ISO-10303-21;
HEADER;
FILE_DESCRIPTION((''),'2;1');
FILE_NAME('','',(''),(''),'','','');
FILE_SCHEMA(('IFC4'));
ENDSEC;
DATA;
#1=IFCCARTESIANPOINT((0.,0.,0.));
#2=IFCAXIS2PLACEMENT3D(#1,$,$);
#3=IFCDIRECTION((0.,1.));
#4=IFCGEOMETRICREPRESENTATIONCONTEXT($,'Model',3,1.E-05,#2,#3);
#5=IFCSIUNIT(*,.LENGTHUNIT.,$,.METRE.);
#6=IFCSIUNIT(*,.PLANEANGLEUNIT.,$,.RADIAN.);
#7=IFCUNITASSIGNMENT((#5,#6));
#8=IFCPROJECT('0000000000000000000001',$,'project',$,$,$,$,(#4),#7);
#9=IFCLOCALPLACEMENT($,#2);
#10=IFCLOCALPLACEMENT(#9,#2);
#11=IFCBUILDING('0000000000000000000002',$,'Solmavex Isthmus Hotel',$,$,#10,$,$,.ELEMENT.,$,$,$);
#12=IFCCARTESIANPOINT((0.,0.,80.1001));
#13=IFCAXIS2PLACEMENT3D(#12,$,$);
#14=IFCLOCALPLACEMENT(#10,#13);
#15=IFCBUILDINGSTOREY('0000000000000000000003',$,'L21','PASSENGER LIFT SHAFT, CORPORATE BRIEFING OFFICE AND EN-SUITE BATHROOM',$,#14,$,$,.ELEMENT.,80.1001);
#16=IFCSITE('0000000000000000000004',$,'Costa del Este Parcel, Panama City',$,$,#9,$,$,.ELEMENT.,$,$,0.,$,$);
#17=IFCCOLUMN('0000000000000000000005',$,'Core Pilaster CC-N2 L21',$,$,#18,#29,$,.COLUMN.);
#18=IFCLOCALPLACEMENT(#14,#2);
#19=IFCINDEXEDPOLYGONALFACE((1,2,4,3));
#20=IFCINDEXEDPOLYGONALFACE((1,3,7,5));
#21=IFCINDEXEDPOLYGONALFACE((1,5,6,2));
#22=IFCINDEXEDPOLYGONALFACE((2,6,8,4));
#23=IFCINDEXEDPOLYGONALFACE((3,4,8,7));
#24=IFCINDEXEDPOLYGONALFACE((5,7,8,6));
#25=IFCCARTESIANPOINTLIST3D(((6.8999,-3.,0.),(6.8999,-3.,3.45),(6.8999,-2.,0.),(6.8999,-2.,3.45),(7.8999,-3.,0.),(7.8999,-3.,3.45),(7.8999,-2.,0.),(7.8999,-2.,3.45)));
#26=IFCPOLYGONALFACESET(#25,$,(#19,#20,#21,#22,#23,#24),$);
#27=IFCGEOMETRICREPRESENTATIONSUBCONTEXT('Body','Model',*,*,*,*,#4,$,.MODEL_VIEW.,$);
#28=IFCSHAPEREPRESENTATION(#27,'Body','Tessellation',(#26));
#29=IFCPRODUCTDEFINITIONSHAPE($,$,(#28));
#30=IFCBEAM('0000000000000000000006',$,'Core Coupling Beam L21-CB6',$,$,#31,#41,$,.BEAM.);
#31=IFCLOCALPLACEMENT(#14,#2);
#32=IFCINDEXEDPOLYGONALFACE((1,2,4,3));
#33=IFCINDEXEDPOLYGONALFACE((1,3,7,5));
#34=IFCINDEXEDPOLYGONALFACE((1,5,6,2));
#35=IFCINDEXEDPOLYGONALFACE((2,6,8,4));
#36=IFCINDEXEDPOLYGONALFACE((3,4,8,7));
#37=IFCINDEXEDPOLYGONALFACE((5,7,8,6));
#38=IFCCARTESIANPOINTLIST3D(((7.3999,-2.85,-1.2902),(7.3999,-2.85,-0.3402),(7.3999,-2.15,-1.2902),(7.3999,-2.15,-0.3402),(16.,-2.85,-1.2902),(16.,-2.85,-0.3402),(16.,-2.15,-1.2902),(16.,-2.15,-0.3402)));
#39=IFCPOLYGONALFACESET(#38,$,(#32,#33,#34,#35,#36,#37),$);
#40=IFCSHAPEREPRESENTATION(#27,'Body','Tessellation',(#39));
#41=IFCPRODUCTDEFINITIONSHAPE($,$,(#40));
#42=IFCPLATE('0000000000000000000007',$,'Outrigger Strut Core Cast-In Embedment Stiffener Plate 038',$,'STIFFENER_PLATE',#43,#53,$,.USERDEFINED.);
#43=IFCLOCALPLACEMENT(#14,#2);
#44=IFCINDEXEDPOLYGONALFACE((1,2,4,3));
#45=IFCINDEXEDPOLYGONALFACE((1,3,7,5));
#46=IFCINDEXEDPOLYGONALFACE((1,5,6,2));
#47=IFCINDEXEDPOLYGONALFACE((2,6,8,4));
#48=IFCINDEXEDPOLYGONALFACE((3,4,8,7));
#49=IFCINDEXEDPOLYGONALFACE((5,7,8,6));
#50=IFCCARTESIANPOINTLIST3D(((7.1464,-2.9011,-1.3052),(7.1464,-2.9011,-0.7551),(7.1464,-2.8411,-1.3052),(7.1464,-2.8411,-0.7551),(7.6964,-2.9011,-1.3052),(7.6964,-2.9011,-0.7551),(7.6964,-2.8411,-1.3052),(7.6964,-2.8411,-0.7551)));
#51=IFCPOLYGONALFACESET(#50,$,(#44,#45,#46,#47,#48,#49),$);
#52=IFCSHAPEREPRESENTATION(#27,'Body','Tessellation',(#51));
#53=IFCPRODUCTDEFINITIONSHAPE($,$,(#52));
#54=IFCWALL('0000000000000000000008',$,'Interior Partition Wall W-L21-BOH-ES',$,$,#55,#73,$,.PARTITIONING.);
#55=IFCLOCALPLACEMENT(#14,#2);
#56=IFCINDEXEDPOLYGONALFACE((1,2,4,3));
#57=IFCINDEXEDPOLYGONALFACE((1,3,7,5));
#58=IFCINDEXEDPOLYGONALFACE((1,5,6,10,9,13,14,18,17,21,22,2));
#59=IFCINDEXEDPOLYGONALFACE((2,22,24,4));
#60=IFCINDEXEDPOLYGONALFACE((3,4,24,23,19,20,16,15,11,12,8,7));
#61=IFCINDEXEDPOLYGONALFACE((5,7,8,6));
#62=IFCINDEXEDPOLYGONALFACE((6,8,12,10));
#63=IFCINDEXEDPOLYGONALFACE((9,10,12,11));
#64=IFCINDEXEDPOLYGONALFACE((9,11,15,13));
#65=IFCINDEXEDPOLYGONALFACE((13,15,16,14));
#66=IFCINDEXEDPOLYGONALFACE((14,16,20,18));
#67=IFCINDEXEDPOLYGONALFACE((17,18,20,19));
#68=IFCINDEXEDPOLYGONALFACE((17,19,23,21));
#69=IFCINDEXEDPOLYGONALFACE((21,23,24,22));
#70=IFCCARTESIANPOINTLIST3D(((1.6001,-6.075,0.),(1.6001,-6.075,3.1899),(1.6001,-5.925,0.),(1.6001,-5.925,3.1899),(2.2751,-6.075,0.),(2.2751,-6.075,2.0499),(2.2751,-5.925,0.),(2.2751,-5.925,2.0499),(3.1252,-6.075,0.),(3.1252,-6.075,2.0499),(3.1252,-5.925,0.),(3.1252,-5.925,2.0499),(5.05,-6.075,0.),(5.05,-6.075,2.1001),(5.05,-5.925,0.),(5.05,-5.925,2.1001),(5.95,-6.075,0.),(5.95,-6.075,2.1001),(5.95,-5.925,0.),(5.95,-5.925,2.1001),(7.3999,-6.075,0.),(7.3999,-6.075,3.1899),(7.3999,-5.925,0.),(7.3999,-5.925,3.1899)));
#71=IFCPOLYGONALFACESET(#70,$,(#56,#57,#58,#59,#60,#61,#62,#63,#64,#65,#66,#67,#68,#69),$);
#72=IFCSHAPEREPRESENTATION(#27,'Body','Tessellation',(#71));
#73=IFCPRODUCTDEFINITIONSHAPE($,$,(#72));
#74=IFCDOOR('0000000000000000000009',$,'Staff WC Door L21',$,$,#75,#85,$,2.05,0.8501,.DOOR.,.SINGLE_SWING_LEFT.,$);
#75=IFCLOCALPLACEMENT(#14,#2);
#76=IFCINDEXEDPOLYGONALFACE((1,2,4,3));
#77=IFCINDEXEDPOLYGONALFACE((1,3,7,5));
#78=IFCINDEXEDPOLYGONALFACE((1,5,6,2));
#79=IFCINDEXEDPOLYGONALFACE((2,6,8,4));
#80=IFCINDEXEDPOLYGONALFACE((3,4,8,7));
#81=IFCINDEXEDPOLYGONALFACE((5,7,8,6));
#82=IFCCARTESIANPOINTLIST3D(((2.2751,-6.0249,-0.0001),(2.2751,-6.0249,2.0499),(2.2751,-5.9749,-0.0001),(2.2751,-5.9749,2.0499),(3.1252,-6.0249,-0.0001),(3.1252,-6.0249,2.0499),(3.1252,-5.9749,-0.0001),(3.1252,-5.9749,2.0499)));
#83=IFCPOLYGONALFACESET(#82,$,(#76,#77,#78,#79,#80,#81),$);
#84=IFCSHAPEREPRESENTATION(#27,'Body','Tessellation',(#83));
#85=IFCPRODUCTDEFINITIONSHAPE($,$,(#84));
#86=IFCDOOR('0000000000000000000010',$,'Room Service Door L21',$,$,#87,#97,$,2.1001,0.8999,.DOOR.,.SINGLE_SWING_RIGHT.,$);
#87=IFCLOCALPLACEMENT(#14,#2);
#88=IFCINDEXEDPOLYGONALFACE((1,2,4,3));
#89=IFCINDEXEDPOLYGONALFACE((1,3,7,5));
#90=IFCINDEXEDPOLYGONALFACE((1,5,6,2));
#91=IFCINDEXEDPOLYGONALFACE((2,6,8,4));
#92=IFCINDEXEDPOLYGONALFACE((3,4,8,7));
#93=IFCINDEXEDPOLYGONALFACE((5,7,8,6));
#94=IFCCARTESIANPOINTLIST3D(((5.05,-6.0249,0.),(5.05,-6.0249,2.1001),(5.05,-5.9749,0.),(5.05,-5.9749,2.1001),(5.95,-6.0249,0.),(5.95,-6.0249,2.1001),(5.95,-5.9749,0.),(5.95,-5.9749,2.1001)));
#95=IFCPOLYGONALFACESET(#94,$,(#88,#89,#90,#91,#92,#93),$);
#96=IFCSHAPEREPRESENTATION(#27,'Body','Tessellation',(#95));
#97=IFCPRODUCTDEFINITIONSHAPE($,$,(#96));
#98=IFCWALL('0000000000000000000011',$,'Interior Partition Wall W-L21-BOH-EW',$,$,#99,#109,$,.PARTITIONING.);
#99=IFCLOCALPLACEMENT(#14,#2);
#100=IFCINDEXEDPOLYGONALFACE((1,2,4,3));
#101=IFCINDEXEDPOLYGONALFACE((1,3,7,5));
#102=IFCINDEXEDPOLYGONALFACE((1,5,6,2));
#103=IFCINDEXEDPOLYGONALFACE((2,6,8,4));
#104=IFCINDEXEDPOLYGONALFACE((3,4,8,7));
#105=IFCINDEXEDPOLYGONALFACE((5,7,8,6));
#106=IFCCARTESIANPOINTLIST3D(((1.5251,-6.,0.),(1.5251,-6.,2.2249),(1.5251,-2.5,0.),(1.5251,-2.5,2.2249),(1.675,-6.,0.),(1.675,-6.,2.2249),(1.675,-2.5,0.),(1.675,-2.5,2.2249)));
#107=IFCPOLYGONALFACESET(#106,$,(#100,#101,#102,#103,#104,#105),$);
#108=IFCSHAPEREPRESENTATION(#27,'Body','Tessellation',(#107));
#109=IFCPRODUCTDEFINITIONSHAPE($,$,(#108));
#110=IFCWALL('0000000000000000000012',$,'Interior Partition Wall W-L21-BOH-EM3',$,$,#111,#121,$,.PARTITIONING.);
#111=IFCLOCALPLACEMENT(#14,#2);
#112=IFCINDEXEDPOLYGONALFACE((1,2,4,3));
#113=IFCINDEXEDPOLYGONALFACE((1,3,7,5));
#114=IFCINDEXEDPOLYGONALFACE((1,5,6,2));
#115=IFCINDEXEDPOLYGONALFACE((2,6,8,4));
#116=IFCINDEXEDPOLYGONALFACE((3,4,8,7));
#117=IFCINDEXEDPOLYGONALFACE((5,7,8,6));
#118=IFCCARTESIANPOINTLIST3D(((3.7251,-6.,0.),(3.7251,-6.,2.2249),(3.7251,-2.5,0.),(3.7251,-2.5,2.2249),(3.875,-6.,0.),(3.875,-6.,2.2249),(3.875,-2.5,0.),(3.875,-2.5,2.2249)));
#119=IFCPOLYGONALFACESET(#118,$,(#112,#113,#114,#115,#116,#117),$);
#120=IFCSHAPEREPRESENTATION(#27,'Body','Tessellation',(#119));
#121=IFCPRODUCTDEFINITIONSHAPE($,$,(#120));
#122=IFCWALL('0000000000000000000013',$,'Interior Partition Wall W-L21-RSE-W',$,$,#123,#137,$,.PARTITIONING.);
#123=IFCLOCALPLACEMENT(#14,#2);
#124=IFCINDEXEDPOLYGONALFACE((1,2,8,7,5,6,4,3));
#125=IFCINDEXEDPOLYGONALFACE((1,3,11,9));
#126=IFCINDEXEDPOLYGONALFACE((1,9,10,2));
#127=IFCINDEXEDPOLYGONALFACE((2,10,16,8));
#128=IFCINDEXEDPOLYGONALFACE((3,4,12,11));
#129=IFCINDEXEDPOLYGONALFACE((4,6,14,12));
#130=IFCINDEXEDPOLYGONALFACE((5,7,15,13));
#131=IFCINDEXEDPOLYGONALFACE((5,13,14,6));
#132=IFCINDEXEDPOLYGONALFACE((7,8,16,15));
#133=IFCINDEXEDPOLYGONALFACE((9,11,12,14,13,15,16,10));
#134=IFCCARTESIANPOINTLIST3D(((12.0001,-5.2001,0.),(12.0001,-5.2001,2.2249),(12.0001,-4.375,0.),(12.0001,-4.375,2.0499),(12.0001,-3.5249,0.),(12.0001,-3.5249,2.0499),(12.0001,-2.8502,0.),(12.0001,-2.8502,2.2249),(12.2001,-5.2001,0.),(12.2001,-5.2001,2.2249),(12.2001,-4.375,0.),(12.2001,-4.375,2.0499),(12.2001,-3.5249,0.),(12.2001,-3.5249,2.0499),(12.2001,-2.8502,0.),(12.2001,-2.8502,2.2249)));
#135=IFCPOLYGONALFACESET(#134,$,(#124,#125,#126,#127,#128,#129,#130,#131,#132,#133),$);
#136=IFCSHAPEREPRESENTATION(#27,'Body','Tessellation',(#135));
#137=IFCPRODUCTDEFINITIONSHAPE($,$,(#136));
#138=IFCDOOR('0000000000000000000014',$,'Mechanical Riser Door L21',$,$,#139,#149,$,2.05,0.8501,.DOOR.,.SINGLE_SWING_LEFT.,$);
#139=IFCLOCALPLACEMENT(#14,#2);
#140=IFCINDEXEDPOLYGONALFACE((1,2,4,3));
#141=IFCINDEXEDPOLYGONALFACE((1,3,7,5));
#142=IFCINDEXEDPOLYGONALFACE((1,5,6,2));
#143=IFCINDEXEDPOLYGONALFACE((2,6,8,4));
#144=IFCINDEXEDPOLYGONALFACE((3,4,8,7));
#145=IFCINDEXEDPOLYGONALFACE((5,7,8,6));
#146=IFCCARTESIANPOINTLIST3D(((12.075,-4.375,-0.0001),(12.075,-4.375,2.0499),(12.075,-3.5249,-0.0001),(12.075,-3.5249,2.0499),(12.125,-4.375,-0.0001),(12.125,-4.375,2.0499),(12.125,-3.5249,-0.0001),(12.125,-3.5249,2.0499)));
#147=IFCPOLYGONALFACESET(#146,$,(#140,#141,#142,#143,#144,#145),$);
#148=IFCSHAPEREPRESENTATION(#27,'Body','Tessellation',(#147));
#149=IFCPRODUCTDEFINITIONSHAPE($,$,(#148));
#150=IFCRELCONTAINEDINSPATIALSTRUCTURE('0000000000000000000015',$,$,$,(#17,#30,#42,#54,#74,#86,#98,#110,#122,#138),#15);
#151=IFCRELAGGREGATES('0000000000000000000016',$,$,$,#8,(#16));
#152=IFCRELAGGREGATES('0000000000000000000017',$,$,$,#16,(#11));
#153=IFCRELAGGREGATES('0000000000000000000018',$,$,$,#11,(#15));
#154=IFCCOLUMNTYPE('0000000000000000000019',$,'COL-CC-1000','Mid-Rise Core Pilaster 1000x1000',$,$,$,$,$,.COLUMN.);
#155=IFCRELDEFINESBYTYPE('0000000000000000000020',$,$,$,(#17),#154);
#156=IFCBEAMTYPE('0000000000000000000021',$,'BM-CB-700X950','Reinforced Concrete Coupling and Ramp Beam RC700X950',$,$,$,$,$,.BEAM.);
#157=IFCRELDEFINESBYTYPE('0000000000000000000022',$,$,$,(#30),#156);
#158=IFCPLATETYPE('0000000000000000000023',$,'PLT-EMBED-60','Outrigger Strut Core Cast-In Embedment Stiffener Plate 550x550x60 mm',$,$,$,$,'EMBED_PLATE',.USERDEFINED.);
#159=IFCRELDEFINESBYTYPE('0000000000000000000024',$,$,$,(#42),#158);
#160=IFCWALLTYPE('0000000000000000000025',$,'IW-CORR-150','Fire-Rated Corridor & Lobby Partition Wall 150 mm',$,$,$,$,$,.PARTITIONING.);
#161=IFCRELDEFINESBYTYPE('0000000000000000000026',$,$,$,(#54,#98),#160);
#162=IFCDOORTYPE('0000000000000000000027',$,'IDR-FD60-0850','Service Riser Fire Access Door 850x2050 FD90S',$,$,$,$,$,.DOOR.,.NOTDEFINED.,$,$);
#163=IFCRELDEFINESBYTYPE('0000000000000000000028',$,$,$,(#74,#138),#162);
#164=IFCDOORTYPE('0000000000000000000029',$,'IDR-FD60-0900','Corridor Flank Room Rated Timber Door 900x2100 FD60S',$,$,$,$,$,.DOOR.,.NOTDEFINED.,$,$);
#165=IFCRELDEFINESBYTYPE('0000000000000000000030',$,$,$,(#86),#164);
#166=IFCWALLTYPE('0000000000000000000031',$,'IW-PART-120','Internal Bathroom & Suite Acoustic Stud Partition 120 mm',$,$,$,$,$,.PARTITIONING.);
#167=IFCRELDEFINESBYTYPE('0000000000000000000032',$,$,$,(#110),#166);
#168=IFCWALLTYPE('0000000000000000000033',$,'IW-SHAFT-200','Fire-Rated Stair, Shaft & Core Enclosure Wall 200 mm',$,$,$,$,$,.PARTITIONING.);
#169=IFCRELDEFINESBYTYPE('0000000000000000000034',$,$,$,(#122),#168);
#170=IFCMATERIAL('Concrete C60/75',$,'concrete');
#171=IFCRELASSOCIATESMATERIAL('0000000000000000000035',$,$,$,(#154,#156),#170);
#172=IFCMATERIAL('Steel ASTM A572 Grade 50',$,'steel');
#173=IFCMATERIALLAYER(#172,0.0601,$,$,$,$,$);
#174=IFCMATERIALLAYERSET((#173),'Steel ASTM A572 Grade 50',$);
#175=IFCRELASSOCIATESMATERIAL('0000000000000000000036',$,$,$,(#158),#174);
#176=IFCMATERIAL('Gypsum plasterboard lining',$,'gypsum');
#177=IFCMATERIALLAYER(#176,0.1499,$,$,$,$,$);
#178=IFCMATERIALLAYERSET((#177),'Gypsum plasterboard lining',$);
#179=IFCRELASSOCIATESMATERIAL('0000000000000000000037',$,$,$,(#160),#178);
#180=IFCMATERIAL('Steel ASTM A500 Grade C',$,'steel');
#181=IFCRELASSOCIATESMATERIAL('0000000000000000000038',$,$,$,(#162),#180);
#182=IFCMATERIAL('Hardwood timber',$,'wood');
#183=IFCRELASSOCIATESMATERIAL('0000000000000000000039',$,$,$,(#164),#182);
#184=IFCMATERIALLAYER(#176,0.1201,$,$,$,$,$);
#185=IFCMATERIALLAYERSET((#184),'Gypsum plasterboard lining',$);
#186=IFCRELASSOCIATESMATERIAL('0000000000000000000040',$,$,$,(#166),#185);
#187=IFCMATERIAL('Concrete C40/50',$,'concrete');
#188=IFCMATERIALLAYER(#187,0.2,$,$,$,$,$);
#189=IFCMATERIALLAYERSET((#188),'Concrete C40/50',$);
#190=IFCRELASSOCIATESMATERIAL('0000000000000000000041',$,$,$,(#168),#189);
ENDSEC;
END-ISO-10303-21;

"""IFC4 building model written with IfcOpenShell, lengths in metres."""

from ifc_helpers import new_model, si_unit, direction, frame, frame_2d, origin, origin_2d, place, context, subcontext, project, spatial, rectangle, extrude, material, layer, layer_set, material_profile, profile_set, type_object, element, fill, save


model = new_model("IFC4")

# Units and contexts
model_context = context("Model", 3, precision=1e-05, world=origin(), true_north=direction((0.0, 1.0)))
body_context = subcontext(model_context, "Body", "Model", "MODEL_VIEW")
ifc_project = project(units=[si_unit("LENGTHUNIT", "METRE"), si_unit("PLANEANGLEUNIT", "RADIAN")], contexts=[model_context])

# Site, building, storey
site_placement = place(None, origin())
site = spatial("IfcSite", under=ifc_project, at=site_placement, Name="Costa del Este Parcel, Panama City", CompositionType="ELEMENT", RefElevation=0.0)
building_placement = place(site_placement, origin())
building = spatial("IfcBuilding", under=site, at=building_placement, Name="Solmavex Isthmus Hotel", CompositionType="ELEMENT")
storey_placement = place(building_placement, frame((0.0, 0.0, 80.1001)))
storey = spatial("IfcBuildingStorey", under=building, at=storey_placement, Name="L21", Description="PASSENGER LIFT SHAFT, CORPORATE BRIEFING OFFICE AND EN-SUITE BATHROOM", CompositionType="ELEMENT", Elevation=80.1001)

# Column
ifc_material_1 = material(Name="Concrete C60/75", Category="concrete")
ifc_material_profile_1 = material_profile(ifc_material_1, rectangle(XDim=1.0, YDim=1.0, at=origin_2d()), Name="RC1000X1000")
ifc_profile_set_1 = profile_set([ifc_material_profile_1], Name="Concrete C60/75")
column_type = type_object("IfcColumnType", Name="COL-CC-1000", Description="Mid-Rise Core Pilaster 1000x1000", PredefinedType="COLUMN", material=ifc_profile_set_1)
column_placement = place(storey_placement, frame((7.3999, -2.5, 0.0), z_axis=(0.0, 0.0, 1.0), x_axis=(1.0, 0.0, 0.0)))
element("IfcColumn", 1, at=column_placement, inside=storey, type_object=column_type, Name="Core Pilaster CC-N2 L21", PredefinedType="COLUMN", context=body_context, shape_type="SweptSolid", body=[
    extrude(rectangle(XDim=1.0, YDim=1.0, at=origin_2d()), origin(), (0.0, 0.0, 1.0), 3.45),
])

# Beam
ifc_material_profile_2 = material_profile(ifc_material_1, rectangle(XDim=0.7, YDim=0.95, at=origin_2d()), Name="RC700X950")
ifc_profile_set_2 = profile_set([ifc_material_profile_2], Name="Concrete C60/75")
beam_type = type_object("IfcBeamType", Name="BM-CB-700X950", Description="Reinforced Concrete Coupling and Ramp Beam RC700X950", PredefinedType="BEAM", material=ifc_profile_set_2)
beam_placement = place(storey_placement, frame((7.3999, -2.5, -0.8152), z_axis=(1.0, 0.0, 0.0), x_axis=(0.0, 1.0, 0.0)))
element("IfcBeam", 2, at=beam_placement, inside=storey, type_object=beam_type, Name="Core Coupling Beam L21-CB6", PredefinedType="BEAM", context=body_context, shape_type="SweptSolid", body=[
    extrude(rectangle(XDim=0.7, YDim=0.95, at=origin_2d()), origin(), (0.0, 0.0, 1.0), 8.6001),
])

# Plate
ifc_material_2 = material(Name="Steel ASTM A572 Grade 50", Category="steel")
ifc_layer_1 = layer(ifc_material_2, 0.0601)
ifc_layer_set_1 = layer_set([ifc_layer_1], Name="Steel ASTM A572 Grade 50")
plate_type = type_object("IfcPlateType", Name="PLT-EMBED-60", Description="Outrigger Strut Core Cast-In Embedment Stiffener Plate 550x550x60 mm", ElementType="EMBED_PLATE", PredefinedType="USERDEFINED", material=ifc_layer_set_1)
plate_placement = place(storey_placement, frame((7.4214, -2.8711, -1.3052), z_axis=(0.0, 0.0, 1.0), x_axis=(1.0, 0.0, 0.0)))
element("IfcPlate", 3, at=plate_placement, inside=storey, type_object=plate_type, Name="Outrigger Strut Core Cast-In Embedment Stiffener Plate 038", ObjectType="STIFFENER_PLATE", PredefinedType="USERDEFINED", context=body_context, shape_type="SweptSolid", body=[
    extrude(rectangle(XDim=0.55, YDim=0.0601, at=origin_2d()), origin(), (0.0, 0.0, 1.0), 0.55),
])

# Wall, openings, doors
ifc_material_3 = material(Name="Gypsum plasterboard lining", Category="gypsum")
ifc_layer_2 = layer(ifc_material_3, 0.1499)
ifc_layer_set_2 = layer_set([ifc_layer_2], Name="Gypsum plasterboard lining")
wall_type_1 = type_object("IfcWallType", Name="IW-CORR-150", Description="Fire-Rated Corridor & Lobby Partition Wall 150 mm", PredefinedType="PARTITIONING", material=ifc_layer_set_2)
wall_1_placement = place(storey_placement, frame((1.6001, -6.0, 0.0), z_axis=(0.0, 0.0, 1.0), x_axis=(1.0, 0.0, 0.0)))
wall_1 = element("IfcWall", 4, at=wall_1_placement, inside=storey, type_object=wall_type_1, Name="Interior Partition Wall W-L21-BOH-ES", PredefinedType="PARTITIONING", context=body_context, shape_type="SweptSolid", body=[
    extrude(rectangle(XDim=5.7998, YDim=0.1499, at=frame_2d((2.8999, 0.0))), origin(), (0.0, 0.0, 1.0), 3.1899),
])
opening_1_placement = place(wall_1_placement, frame((0.675, 0.0, 0.0)))
opening_1 = element("IfcOpeningElement", 5, at=opening_1_placement, cuts=wall_1, PredefinedType="OPENING", context=body_context, shape_type="SweptSolid", body=[
    extrude(rectangle(XDim=0.8501, YDim=2.05, at=frame_2d((0.425, 1.0249))), frame((0.0, 0.085, 0.0), z_axis=(0.0, -1.0, 0.0), x_axis=(1.0, 0.0, 0.0)), (0.0, 0.0, 1.0), 0.1699),
])
opening_2_placement = place(wall_1_placement, frame((3.45, 0.0, 0.0)))
opening_2 = element("IfcOpeningElement", 6, at=opening_2_placement, cuts=wall_1, PredefinedType="OPENING", context=body_context, shape_type="SweptSolid", body=[
    extrude(rectangle(XDim=0.8999, YDim=2.1001, at=frame_2d((0.45, 1.05))), frame((0.0, 0.085, 0.0), z_axis=(0.0, -1.0, 0.0), x_axis=(1.0, 0.0, 0.0)), (0.0, 0.0, 1.0), 0.1699),
])
ifc_material_4 = material(Name="Steel ASTM A500 Grade C", Category="steel")
door_type_1 = type_object("IfcDoorType", Name="IDR-FD60-0850", Description="Service Riser Fire Access Door 850x2050 FD90S", OperationType="NOTDEFINED", PredefinedType="DOOR", material=ifc_material_4)
door_1_placement = place(opening_1_placement, frame((0.8501, 0.0, 0.0), z_axis=(0.0, 0.0, 1.0), x_axis=(-1.0, 0.0, 0.0)))
door_1 = element("IfcDoor", 7, at=door_1_placement, inside=storey, type_object=door_type_1, Name="Staff WC Door L21", OperationType="SINGLE_SWING_LEFT", OverallHeight=2.05, OverallWidth=0.8501, PredefinedType="DOOR", context=body_context, shape_type="SweptSolid", body=[
    extrude(rectangle(XDim=0.8501, YDim=2.05, at=frame_2d((0.425, 1.0249))), frame((0.0, 0.0249, 0.0), z_axis=(0.0, -1.0, 0.0), x_axis=(1.0, 0.0, 0.0)), (0.0, 0.0, 1.0), 0.05),
])
fill(opening_1, door_1)
ifc_material_5 = material(Name="Hardwood timber", Category="wood")
door_type_2 = type_object("IfcDoorType", Name="IDR-FD60-0900", Description="Corridor Flank Room Rated Timber Door 900x2100 FD60S", OperationType="NOTDEFINED", PredefinedType="DOOR", material=ifc_material_5)
door_2_placement = place(opening_2_placement, frame((0.8999, 0.0, 0.0), z_axis=(0.0, 0.0, 1.0), x_axis=(-1.0, 0.0, 0.0)))
door_2 = element("IfcDoor", 8, at=door_2_placement, inside=storey, type_object=door_type_2, Name="Room Service Door L21", OperationType="SINGLE_SWING_RIGHT", OverallHeight=2.1001, OverallWidth=0.8999, PredefinedType="DOOR", context=body_context, shape_type="SweptSolid", body=[
    extrude(rectangle(XDim=0.8999, YDim=2.1001, at=frame_2d((0.45, 1.05))), frame((0.0, 0.0249, 0.0), z_axis=(0.0, -1.0, 0.0), x_axis=(1.0, 0.0, 0.0)), (0.0, 0.0, 1.0), 0.05),
])
fill(opening_2, door_2)

# Walls
wall_2_placement = place(storey_placement, frame((1.6001, -6.0, 0.0), z_axis=(0.0, 0.0, 1.0), x_axis=(0.0, 1.0, 0.0)))
element("IfcWall", 9, at=wall_2_placement, inside=storey, type_object=wall_type_1, Name="Interior Partition Wall W-L21-BOH-EW", PredefinedType="PARTITIONING", context=body_context, shape_type="SweptSolid", body=[
    extrude(rectangle(XDim=3.5, YDim=0.1499, at=frame_2d((1.75, 0.0))), origin(), (0.0, 0.0, 1.0), 2.2249),
])
ifc_layer_3 = layer(ifc_material_3, 0.1201)
ifc_layer_set_3 = layer_set([ifc_layer_3], Name="Gypsum plasterboard lining")
wall_type_2 = type_object("IfcWallType", Name="IW-PART-120", Description="Internal Bathroom & Suite Acoustic Stud Partition 120 mm", PredefinedType="PARTITIONING", material=ifc_layer_set_3)
wall_3_placement = place(storey_placement, frame((3.8, -6.0, 0.0), z_axis=(0.0, 0.0, 1.0), x_axis=(0.0, 1.0, 0.0)))
element("IfcWall", 10, at=wall_3_placement, inside=storey, type_object=wall_type_2, Name="Interior Partition Wall W-L21-BOH-EM3", PredefinedType="PARTITIONING", context=body_context, shape_type="SweptSolid", body=[
    extrude(rectangle(XDim=3.5, YDim=0.1499, at=frame_2d((1.75, 0.0))), origin(), (0.0, 0.0, 1.0), 2.2249),
])

# Wall, opening, door
ifc_material_6 = material(Name="Concrete C40/50", Category="concrete")
ifc_layer_4 = layer(ifc_material_6, 0.2)
ifc_layer_set_4 = layer_set([ifc_layer_4], Name="Concrete C40/50")
wall_type_3 = type_object("IfcWallType", Name="IW-SHAFT-200", Description="Fire-Rated Stair, Shaft & Core Enclosure Wall 200 mm", PredefinedType="PARTITIONING", material=ifc_layer_set_4)
wall_4_placement = place(storey_placement, frame((12.1001, -5.2, 0.0), z_axis=(0.0, 0.0, 1.0), x_axis=(0.0, 1.0, 0.0)))
wall_4 = element("IfcWall", 11, at=wall_4_placement, inside=storey, type_object=wall_type_3, Name="Interior Partition Wall W-L21-RSE-W", PredefinedType="PARTITIONING", context=body_context, shape_type="SweptSolid", body=[
    extrude(rectangle(XDim=2.3499, YDim=0.2, at=frame_2d((1.1748, 0.0))), origin(), (0.0, 0.0, 1.0), 2.2249),
])
opening_3_placement = place(wall_4_placement, frame((0.825, 0.0, 0.0)))
opening_3 = element("IfcOpeningElement", 12, at=opening_3_placement, cuts=wall_4, PredefinedType="OPENING", context=body_context, shape_type="SweptSolid", body=[
    extrude(rectangle(XDim=0.8501, YDim=2.05, at=frame_2d((0.425, 1.0249))), frame((0.0, 0.1099, 0.0), z_axis=(0.0, -1.0, 0.0), x_axis=(1.0, 0.0, 0.0)), (0.0, 0.0, 1.0), 0.22),
])
door_3_placement = place(opening_3_placement, frame((0.8501, 0.0, 0.0), z_axis=(0.0, 0.0, 1.0), x_axis=(-1.0, 0.0, 0.0)))
door_3 = element("IfcDoor", 13, at=door_3_placement, inside=storey, type_object=door_type_1, Name="Mechanical Riser Door L21", OperationType="SINGLE_SWING_LEFT", OverallHeight=2.05, OverallWidth=0.8501, PredefinedType="DOOR", context=body_context, shape_type="SweptSolid", body=[
    extrude(rectangle(XDim=0.8501, YDim=2.05, at=frame_2d((0.425, 1.0249))), frame((0.0, 0.0249, 0.0), z_axis=(0.0, -1.0, 0.0), x_axis=(1.0, 0.0, 0.0)), (0.0, 0.0, 1.0), 0.05),
])
fill(opening_3, door_3)

save(model, "model.ifc")
